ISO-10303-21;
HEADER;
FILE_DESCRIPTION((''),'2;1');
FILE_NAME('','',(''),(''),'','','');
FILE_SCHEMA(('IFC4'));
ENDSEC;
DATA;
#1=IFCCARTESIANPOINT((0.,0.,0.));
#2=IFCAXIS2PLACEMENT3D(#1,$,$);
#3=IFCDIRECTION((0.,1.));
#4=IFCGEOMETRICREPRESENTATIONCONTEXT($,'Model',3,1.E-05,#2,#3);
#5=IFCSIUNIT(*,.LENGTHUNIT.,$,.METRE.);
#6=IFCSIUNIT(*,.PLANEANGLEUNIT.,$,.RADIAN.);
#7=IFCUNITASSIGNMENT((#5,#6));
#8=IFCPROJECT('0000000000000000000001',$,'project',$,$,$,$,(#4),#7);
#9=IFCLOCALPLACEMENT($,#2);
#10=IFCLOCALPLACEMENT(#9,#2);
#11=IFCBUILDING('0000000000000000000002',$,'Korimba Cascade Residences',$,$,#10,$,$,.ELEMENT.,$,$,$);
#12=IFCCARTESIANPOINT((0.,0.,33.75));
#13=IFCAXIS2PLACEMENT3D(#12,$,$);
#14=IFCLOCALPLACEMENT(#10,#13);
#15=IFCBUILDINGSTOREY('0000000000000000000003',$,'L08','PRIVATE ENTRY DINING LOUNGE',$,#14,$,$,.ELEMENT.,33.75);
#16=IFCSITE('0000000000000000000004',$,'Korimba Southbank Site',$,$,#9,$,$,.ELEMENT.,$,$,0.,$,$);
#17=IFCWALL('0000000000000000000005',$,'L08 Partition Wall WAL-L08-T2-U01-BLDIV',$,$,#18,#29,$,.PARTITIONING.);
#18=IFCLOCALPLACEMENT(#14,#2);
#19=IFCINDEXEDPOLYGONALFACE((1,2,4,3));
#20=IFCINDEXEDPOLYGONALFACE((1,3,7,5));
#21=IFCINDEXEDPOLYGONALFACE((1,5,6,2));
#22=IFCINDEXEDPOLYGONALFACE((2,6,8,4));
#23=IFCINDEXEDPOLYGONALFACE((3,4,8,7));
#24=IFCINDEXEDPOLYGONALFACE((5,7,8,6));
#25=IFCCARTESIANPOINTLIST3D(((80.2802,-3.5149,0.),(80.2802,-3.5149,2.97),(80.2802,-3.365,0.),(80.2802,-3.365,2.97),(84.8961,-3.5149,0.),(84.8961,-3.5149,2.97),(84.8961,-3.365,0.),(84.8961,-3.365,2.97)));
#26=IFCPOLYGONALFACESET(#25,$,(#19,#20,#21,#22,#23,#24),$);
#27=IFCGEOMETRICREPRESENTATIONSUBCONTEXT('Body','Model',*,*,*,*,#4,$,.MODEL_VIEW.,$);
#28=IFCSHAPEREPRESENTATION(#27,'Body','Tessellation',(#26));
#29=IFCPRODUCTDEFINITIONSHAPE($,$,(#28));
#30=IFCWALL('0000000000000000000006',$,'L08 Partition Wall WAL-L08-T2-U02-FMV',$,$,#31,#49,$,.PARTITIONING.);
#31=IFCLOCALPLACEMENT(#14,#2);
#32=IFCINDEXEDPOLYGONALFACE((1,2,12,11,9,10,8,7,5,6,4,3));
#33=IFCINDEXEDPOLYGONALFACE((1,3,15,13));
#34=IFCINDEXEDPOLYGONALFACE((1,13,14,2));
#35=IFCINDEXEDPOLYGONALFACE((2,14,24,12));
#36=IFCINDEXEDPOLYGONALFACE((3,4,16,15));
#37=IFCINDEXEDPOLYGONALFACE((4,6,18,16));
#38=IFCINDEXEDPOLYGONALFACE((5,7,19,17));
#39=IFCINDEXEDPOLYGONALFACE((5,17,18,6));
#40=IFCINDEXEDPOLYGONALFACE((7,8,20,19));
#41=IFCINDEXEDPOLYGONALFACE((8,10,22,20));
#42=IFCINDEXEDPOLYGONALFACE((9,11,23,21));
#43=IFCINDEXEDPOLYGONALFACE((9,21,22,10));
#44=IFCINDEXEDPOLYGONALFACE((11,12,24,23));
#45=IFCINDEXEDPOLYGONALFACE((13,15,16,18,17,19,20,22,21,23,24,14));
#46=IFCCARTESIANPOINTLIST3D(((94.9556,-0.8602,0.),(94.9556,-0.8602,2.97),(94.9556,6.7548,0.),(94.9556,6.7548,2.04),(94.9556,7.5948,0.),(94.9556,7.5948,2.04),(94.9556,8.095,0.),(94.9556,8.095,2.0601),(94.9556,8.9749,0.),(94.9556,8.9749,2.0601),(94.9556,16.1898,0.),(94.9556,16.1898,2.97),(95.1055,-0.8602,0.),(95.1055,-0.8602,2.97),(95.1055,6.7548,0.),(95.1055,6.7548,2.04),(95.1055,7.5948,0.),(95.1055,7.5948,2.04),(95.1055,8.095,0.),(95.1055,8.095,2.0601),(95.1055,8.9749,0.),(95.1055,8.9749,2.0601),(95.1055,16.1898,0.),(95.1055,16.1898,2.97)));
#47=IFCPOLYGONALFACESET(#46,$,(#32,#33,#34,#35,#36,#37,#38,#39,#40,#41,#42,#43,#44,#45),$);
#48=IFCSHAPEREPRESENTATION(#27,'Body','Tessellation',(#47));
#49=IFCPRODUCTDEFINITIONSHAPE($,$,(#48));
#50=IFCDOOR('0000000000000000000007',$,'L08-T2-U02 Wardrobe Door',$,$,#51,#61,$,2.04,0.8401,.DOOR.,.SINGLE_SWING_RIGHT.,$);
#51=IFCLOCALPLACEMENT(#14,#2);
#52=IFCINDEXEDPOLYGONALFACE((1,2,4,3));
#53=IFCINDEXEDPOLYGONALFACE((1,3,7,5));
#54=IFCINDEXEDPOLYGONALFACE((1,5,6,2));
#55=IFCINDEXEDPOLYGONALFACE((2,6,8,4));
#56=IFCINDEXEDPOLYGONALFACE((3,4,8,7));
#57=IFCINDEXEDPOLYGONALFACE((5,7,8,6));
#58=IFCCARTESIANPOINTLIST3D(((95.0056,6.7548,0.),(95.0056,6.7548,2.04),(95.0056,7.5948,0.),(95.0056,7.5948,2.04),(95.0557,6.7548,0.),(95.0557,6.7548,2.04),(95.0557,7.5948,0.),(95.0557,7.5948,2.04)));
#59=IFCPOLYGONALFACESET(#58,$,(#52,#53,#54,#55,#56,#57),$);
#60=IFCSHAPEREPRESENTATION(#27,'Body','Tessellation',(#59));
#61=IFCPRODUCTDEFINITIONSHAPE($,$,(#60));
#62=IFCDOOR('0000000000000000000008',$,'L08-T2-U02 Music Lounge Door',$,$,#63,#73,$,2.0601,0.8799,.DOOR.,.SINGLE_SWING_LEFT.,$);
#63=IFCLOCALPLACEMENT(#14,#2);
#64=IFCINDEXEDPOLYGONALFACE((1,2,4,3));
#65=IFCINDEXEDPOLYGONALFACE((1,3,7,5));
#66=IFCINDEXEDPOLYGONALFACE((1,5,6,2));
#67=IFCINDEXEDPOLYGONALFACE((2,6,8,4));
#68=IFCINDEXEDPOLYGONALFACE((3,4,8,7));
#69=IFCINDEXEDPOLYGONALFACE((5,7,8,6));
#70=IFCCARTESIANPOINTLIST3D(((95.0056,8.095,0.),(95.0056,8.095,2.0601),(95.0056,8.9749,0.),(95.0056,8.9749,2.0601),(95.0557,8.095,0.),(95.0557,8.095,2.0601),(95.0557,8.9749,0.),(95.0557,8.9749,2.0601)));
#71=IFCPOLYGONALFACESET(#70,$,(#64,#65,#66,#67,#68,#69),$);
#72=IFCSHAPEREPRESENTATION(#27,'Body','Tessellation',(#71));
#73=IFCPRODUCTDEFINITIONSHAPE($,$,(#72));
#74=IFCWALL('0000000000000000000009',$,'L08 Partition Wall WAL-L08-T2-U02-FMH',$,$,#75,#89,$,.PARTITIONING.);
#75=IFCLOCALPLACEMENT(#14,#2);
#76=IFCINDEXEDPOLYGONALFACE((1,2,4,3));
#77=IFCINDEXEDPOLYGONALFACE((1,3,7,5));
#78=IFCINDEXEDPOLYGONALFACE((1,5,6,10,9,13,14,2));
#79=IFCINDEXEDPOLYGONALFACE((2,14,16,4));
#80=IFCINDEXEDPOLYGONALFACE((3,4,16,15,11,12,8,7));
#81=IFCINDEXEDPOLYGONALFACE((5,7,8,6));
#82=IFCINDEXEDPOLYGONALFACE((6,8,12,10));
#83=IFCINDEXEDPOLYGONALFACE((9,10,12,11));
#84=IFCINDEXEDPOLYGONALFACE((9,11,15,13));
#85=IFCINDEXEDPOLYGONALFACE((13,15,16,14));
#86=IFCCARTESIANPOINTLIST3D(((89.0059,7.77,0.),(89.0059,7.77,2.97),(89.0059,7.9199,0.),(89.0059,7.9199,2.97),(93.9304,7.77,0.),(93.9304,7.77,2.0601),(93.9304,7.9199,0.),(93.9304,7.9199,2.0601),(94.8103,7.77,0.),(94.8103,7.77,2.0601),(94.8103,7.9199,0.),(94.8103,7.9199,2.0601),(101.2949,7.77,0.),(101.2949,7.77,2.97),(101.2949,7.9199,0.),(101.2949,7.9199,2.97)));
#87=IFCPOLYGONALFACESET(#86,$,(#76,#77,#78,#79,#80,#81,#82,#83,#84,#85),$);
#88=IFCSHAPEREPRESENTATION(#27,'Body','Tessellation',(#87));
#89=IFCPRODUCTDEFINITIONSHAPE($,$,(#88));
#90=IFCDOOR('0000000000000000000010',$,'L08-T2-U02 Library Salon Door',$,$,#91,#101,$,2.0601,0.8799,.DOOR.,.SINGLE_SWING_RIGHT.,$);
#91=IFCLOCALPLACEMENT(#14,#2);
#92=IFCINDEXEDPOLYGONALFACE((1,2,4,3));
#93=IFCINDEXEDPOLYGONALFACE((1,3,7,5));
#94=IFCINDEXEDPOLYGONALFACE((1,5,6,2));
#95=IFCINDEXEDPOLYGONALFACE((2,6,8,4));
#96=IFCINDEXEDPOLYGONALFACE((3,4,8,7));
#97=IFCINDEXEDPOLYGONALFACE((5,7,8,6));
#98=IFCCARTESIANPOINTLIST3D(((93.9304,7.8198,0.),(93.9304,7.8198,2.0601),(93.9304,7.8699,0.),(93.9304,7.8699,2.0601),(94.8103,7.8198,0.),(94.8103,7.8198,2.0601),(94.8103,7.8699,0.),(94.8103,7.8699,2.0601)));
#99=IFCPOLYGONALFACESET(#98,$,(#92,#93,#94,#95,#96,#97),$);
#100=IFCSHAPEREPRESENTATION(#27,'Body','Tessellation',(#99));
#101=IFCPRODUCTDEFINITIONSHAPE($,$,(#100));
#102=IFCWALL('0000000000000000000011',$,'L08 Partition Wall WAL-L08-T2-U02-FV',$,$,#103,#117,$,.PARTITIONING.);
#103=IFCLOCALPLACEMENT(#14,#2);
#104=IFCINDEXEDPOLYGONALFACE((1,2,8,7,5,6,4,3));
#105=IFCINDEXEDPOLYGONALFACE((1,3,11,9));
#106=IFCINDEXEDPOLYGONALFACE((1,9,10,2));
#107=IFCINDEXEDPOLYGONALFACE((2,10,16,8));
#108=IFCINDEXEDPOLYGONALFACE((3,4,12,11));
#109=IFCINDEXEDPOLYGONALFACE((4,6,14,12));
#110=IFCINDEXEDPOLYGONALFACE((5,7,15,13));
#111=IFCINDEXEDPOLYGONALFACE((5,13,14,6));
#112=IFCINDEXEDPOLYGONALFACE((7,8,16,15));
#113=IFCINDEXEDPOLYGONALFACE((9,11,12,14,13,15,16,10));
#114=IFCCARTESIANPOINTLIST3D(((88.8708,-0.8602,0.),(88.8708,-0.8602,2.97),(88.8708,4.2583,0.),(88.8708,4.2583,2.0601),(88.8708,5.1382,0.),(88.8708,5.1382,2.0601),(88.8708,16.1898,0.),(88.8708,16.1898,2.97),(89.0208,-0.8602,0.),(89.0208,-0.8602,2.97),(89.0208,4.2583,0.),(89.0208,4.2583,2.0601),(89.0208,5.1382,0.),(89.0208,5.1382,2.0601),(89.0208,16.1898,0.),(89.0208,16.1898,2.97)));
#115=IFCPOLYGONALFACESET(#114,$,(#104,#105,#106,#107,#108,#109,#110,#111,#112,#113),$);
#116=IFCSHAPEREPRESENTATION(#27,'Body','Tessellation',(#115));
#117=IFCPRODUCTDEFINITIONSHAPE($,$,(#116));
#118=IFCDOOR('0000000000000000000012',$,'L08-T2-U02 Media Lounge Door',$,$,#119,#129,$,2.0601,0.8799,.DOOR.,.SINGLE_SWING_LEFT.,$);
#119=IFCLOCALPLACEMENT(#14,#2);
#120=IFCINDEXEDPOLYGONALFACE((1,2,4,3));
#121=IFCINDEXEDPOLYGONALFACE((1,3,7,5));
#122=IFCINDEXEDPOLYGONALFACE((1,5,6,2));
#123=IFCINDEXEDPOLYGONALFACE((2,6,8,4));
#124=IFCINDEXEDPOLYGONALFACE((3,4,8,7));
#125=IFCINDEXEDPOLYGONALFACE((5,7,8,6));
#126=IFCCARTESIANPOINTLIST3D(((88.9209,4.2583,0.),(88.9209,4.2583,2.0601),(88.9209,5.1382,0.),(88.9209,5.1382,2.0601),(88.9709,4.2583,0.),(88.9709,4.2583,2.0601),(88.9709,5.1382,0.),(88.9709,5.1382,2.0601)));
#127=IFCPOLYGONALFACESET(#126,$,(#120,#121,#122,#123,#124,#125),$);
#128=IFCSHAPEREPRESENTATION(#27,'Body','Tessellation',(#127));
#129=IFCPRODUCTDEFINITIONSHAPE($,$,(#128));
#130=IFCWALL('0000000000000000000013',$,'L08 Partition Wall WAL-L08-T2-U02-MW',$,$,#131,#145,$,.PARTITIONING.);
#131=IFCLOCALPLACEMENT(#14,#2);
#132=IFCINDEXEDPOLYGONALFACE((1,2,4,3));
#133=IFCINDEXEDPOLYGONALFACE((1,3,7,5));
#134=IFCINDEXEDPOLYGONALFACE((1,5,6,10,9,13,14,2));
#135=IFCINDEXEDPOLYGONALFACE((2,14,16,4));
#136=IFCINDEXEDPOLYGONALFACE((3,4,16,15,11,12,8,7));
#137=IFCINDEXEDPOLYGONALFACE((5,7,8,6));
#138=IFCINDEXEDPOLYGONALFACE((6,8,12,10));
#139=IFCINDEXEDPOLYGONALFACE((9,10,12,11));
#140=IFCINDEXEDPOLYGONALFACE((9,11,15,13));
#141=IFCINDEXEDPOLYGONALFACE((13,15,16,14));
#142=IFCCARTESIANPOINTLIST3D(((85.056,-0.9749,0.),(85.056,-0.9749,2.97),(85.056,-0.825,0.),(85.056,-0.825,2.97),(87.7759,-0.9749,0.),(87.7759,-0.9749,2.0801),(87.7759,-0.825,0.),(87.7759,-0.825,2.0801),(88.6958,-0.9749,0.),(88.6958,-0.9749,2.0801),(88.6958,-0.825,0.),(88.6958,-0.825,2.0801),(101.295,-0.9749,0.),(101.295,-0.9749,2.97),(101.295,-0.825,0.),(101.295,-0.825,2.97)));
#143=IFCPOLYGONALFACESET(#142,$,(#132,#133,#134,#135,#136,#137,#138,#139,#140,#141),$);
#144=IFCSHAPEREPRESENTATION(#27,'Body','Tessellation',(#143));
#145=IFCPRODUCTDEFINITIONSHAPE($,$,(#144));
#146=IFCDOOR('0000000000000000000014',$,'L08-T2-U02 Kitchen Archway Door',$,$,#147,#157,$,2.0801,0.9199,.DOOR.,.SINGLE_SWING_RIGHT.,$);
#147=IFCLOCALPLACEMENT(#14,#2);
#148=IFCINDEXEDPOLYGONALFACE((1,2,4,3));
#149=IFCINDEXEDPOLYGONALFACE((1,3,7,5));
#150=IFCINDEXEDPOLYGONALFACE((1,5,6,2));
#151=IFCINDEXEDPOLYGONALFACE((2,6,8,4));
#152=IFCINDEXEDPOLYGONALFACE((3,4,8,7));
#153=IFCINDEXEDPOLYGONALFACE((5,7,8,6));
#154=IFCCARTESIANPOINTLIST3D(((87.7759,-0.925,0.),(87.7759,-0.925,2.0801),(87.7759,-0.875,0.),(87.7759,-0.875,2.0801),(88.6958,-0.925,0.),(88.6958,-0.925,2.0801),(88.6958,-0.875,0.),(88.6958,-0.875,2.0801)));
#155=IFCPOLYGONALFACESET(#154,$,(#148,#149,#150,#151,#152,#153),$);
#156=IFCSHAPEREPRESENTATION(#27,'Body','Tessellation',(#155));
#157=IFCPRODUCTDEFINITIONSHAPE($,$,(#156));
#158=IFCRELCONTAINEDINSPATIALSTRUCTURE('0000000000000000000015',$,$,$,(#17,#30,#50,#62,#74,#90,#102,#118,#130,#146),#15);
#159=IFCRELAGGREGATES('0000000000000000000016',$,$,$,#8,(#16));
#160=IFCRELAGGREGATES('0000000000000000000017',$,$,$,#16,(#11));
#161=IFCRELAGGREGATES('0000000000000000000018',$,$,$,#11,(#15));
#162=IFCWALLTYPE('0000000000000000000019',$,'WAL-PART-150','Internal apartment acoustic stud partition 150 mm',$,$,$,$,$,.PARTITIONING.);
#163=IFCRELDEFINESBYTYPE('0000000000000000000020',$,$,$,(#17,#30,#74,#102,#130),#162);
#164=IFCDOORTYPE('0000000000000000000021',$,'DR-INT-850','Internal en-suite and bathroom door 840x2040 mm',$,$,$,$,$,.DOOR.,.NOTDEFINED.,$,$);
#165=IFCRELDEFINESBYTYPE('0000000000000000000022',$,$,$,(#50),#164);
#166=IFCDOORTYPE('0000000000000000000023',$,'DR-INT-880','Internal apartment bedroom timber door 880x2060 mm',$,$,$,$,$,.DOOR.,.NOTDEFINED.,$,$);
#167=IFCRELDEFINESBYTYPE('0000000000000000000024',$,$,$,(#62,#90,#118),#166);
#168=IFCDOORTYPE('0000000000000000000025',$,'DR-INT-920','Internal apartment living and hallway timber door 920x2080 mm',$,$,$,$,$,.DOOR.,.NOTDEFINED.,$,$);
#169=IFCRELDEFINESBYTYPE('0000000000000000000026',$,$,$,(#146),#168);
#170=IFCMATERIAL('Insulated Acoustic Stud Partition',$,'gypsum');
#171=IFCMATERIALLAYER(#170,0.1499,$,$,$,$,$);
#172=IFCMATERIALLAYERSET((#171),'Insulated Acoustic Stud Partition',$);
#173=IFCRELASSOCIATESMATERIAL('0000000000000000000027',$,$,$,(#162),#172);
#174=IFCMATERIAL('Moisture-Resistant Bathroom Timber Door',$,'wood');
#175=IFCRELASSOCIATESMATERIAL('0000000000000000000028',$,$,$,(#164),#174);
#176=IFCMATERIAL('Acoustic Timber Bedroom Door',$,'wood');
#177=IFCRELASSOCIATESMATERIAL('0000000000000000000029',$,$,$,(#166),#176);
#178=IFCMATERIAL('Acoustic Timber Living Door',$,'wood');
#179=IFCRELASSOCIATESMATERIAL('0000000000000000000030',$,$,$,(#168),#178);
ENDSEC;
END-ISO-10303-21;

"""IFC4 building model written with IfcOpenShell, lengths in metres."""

from ifc_helpers import new_model, si_unit, direction, frame, frame_2d, origin, place, context, subcontext, project, spatial, rectangle, extrude, material, layer, layer_set, type_object, element, fill, save


model = new_model("IFC4")

# Units and contexts
model_context = context("Model", 3, precision=1e-05, world=origin(), true_north=direction((0.0, 1.0)))
body_context = subcontext(model_context, "Body", "Model", "MODEL_VIEW")
ifc_project = project(units=[si_unit("LENGTHUNIT", "METRE"), si_unit("PLANEANGLEUNIT", "RADIAN")], contexts=[model_context])

# Site, building, storey
site_placement = place(None, origin())
site = spatial("IfcSite", under=ifc_project, at=site_placement, Name="Korimba Southbank Site", CompositionType="ELEMENT", RefElevation=0.0)
building_placement = place(site_placement, origin())
building = spatial("IfcBuilding", under=site, at=building_placement, Name="Korimba Cascade Residences", CompositionType="ELEMENT")
storey_placement = place(building_placement, frame((0.0, 0.0, 33.75)))
storey = spatial("IfcBuildingStorey", under=building, at=storey_placement, Name="L08", Description="PRIVATE ENTRY DINING LOUNGE", CompositionType="ELEMENT", Elevation=33.75)

# Wall
ifc_material_1 = material(Name="Insulated Acoustic Stud Partition", Category="gypsum")
ifc_layer_1 = layer(ifc_material_1, 0.1499)
ifc_layer_set_1 = layer_set([ifc_layer_1], Name="Insulated Acoustic Stud Partition")
wall_type_1 = type_object("IfcWallType", Name="WAL-PART-150", Description="Internal apartment acoustic stud partition 150 mm", PredefinedType="PARTITIONING", material=ifc_layer_set_1)
wall_1_placement = place(storey_placement, frame((80.28, -3.4399, 0.0), z_axis=(0.0, 0.0, 1.0), x_axis=(1.0, 0.0, 0.0)))
element("IfcWall", 1, at=wall_1_placement, inside=storey, type_object=wall_type_1, Name="L08 Partition Wall WAL-L08-T2-U01-BLDIV", PredefinedType="PARTITIONING", context=body_context, shape_type="SweptSolid", body=[
    extrude(rectangle(XDim=4.616, YDim=0.1499, at=frame_2d((2.3081, 0.0))), origin(), (0.0, 0.0, 1.0), 2.97),
])

# Wall, openings, doors
wall_2_placement = place(storey_placement, frame((95.0305, -0.8601, 0.0), z_axis=(0.0, 0.0, 1.0), x_axis=(0.0, 1.0, 0.0)))
wall_2 = element("IfcWall", 2, at=wall_2_placement, inside=storey, type_object=wall_type_1, Name="L08 Partition Wall WAL-L08-T2-U02-FMV", PredefinedType="PARTITIONING", context=body_context, shape_type="SweptSolid", body=[
    extrude(rectangle(XDim=17.05, YDim=0.1499, at=frame_2d((8.5249, 0.0))), origin(), (0.0, 0.0, 1.0), 2.97),
])
opening_1_placement = place(wall_2_placement, frame((7.615, 0.0, 0.0)))
opening_1 = element("IfcOpeningElement", 3, at=opening_1_placement, cuts=wall_2, PredefinedType="OPENING", context=body_context, shape_type="SweptSolid", body=[
    extrude(rectangle(XDim=0.8401, YDim=2.04, at=frame_2d((0.4199, 1.02))), frame((0.0, 0.085, 0.0), z_axis=(0.0, -1.0, 0.0), x_axis=(1.0, 0.0, 0.0)), (0.0, 0.0, 1.0), 0.1699),
])
opening_2_placement = place(wall_2_placement, frame((8.9551, 0.0, 0.0)))
opening_2 = element("IfcOpeningElement", 4, at=opening_2_placement, cuts=wall_2, PredefinedType="OPENING", context=body_context, shape_type="SweptSolid", body=[
    extrude(rectangle(XDim=0.8799, YDim=2.0601, at=frame_2d((0.4399, 1.03))), frame((0.0, 0.085, 0.0), z_axis=(0.0, -1.0, 0.0), x_axis=(1.0, 0.0, 0.0)), (0.0, 0.0, 1.0), 0.1699),
])
ifc_material_2 = material(Name="Moisture-Resistant Bathroom Timber Door", Category="wood")
door_type_1 = type_object("IfcDoorType", Name="DR-INT-850", Description="Internal en-suite and bathroom door 840x2040 mm", OperationType="NOTDEFINED", PredefinedType="DOOR", material=ifc_material_2)
door_1_placement = place(opening_1_placement, origin())
door_1 = element("IfcDoor", 5, at=door_1_placement, inside=storey, type_object=door_type_1, Name="L08-T2-U02 Wardrobe Door", OperationType="SINGLE_SWING_RIGHT", OverallHeight=2.04, OverallWidth=0.8401, PredefinedType="DOOR", context=body_context, shape_type="SweptSolid", body=[
    extrude(rectangle(XDim=0.8401, YDim=2.04, at=frame_2d((0.4199, 1.02))), frame((0.0, 0.0249, 0.0), z_axis=(0.0, -1.0, 0.0), x_axis=(1.0, 0.0, 0.0)), (0.0, 0.0, 1.0), 0.05),
])
fill(opening_1, door_1)
ifc_material_3 = material(Name="Acoustic Timber Bedroom Door", Category="wood")
door_type_2 = type_object("IfcDoorType", Name="DR-INT-880", Description="Internal apartment bedroom timber door 880x2060 mm", OperationType="NOTDEFINED", PredefinedType="DOOR", material=ifc_material_3)
door_2_placement = place(opening_2_placement, origin())
door_2 = element("IfcDoor", 6, at=door_2_placement, inside=storey, type_object=door_type_2, Name="L08-T2-U02 Music Lounge Door", OperationType="SINGLE_SWING_LEFT", OverallHeight=2.0601, OverallWidth=0.8799, PredefinedType="DOOR", context=body_context, shape_type="SweptSolid", body=[
    extrude(rectangle(XDim=0.8799, YDim=2.0601, at=frame_2d((0.4399, 1.03))), frame((0.0, 0.0249, 0.0), z_axis=(0.0, -1.0, 0.0), x_axis=(1.0, 0.0, 0.0)), (0.0, 0.0, 1.0), 0.05),
])
fill(opening_2, door_2)

# Walls, openings, doors
wall_3_placement = place(storey_placement, frame((89.0059, 7.845, 0.0), z_axis=(0.0, 0.0, 1.0), x_axis=(1.0, 0.0, 0.0)))
wall_3 = element("IfcWall", 7, at=wall_3_placement, inside=storey, type_object=wall_type_1, Name="L08 Partition Wall WAL-L08-T2-U02-FMH", PredefinedType="PARTITIONING", context=body_context, shape_type="SweptSolid", body=[
    extrude(rectangle(XDim=12.2891, YDim=0.1499, at=frame_2d((6.1445, 0.0))), origin(), (0.0, 0.0, 1.0), 2.97),
])
opening_3_placement = place(wall_3_placement, frame((4.9246, 0.0, 0.0)))
opening_3 = element("IfcOpeningElement", 8, at=opening_3_placement, cuts=wall_3, PredefinedType="OPENING", context=body_context, shape_type="SweptSolid", body=[
    extrude(rectangle(XDim=0.8799, YDim=2.0601, at=frame_2d((0.4399, 1.03))), frame((0.0, 0.085, 0.0), z_axis=(0.0, -1.0, 0.0), x_axis=(1.0, 0.0, 0.0)), (0.0, 0.0, 1.0), 0.1699),
])
door_3_placement = place(opening_3_placement, origin())
door_3 = element("IfcDoor", 9, at=door_3_placement, inside=storey, type_object=door_type_2, Name="L08-T2-U02 Library Salon Door", OperationType="SINGLE_SWING_RIGHT", OverallHeight=2.0601, OverallWidth=0.8799, PredefinedType="DOOR", context=body_context, shape_type="SweptSolid", body=[
    extrude(rectangle(XDim=0.8799, YDim=2.0601, at=frame_2d((0.4399, 1.03))), frame((0.0, 0.0249, 0.0), z_axis=(0.0, -1.0, 0.0), x_axis=(1.0, 0.0, 0.0)), (0.0, 0.0, 1.0), 0.05),
])
fill(opening_3, door_3)
wall_4_placement = place(storey_placement, frame((88.9458, -0.8601, 0.0), z_axis=(0.0, 0.0, 1.0), x_axis=(0.0, 1.0, 0.0)))
wall_4 = element("IfcWall", 10, at=wall_4_placement, inside=storey, type_object=wall_type_1, Name="L08 Partition Wall WAL-L08-T2-U02-FV", PredefinedType="PARTITIONING", context=body_context, shape_type="SweptSolid", body=[
    extrude(rectangle(XDim=17.05, YDim=0.1499, at=frame_2d((8.5249, 0.0))), origin(), (0.0, 0.0, 1.0), 2.97),
])
opening_4_placement = place(wall_4_placement, frame((5.1184, 0.0, 0.0)))
opening_4 = element("IfcOpeningElement", 11, at=opening_4_placement, cuts=wall_4, PredefinedType="OPENING", context=body_context, shape_type="SweptSolid", body=[
    extrude(rectangle(XDim=0.8799, YDim=2.0601, at=frame_2d((0.4399, 1.03))), frame((0.0, 0.085, 0.0), z_axis=(0.0, -1.0, 0.0), x_axis=(1.0, 0.0, 0.0)), (0.0, 0.0, 1.0), 0.1699),
])
door_4_placement = place(opening_4_placement, origin())
door_4 = element("IfcDoor", 12, at=door_4_placement, inside=storey, type_object=door_type_2, Name="L08-T2-U02 Media Lounge Door", OperationType="SINGLE_SWING_LEFT", OverallHeight=2.0601, OverallWidth=0.8799, PredefinedType="DOOR", context=body_context, shape_type="SweptSolid", body=[
    extrude(rectangle(XDim=0.8799, YDim=2.0601, at=frame_2d((0.4399, 1.03))), frame((0.0, 0.0249, 0.0), z_axis=(0.0, -1.0, 0.0), x_axis=(1.0, 0.0, 0.0)), (0.0, 0.0, 1.0), 0.05),
])
fill(opening_4, door_4)
wall_5_placement = place(storey_placement, frame((85.0559, -0.8999, 0.0), z_axis=(0.0, 0.0, 1.0), x_axis=(1.0, 0.0, 0.0)))
wall_5 = element("IfcWall", 13, at=wall_5_placement, inside=storey, type_object=wall_type_1, Name="L08 Partition Wall WAL-L08-T2-U02-MW", PredefinedType="PARTITIONING", context=body_context, shape_type="SweptSolid", body=[
    extrude(rectangle(XDim=16.239, YDim=0.1499, at=frame_2d((8.1196, 0.0))), origin(), (0.0, 0.0, 1.0), 2.97),
])
opening_5_placement = place(wall_5_placement, frame((2.72, 0.0, 0.0)))
opening_5 = element("IfcOpeningElement", 14, at=opening_5_placement, cuts=wall_5, PredefinedType="OPENING", context=body_context, shape_type="SweptSolid", body=[
    extrude(rectangle(XDim=0.9199, YDim=2.0801, at=frame_2d((0.46, 1.04))), frame((0.0, 0.085, 0.0), z_axis=(0.0, -1.0, 0.0), x_axis=(1.0, 0.0, 0.0)), (0.0, 0.0, 1.0), 0.1699),
])
ifc_material_4 = material(Name="Acoustic Timber Living Door", Category="wood")
door_type_3 = type_object("IfcDoorType", Name="DR-INT-920", Description="Internal apartment living and hallway timber door 920x2080 mm", OperationType="NOTDEFINED", PredefinedType="DOOR", material=ifc_material_4)
door_5_placement = place(opening_5_placement, origin())
door_5 = element("IfcDoor", 15, at=door_5_placement, inside=storey, type_object=door_type_3, Name="L08-T2-U02 Kitchen Archway Door", OperationType="SINGLE_SWING_RIGHT", OverallHeight=2.0801, OverallWidth=0.9199, PredefinedType="DOOR", context=body_context, shape_type="SweptSolid", body=[
    extrude(rectangle(XDim=0.9199, YDim=2.0801, at=frame_2d((0.46, 1.04))), frame((0.0, 0.0249, 0.0), z_axis=(0.0, -1.0, 0.0), x_axis=(1.0, 0.0, 0.0)), (0.0, 0.0, 1.0), 0.05),
])
fill(opening_5, door_5)

save(model, "model.ifc")
